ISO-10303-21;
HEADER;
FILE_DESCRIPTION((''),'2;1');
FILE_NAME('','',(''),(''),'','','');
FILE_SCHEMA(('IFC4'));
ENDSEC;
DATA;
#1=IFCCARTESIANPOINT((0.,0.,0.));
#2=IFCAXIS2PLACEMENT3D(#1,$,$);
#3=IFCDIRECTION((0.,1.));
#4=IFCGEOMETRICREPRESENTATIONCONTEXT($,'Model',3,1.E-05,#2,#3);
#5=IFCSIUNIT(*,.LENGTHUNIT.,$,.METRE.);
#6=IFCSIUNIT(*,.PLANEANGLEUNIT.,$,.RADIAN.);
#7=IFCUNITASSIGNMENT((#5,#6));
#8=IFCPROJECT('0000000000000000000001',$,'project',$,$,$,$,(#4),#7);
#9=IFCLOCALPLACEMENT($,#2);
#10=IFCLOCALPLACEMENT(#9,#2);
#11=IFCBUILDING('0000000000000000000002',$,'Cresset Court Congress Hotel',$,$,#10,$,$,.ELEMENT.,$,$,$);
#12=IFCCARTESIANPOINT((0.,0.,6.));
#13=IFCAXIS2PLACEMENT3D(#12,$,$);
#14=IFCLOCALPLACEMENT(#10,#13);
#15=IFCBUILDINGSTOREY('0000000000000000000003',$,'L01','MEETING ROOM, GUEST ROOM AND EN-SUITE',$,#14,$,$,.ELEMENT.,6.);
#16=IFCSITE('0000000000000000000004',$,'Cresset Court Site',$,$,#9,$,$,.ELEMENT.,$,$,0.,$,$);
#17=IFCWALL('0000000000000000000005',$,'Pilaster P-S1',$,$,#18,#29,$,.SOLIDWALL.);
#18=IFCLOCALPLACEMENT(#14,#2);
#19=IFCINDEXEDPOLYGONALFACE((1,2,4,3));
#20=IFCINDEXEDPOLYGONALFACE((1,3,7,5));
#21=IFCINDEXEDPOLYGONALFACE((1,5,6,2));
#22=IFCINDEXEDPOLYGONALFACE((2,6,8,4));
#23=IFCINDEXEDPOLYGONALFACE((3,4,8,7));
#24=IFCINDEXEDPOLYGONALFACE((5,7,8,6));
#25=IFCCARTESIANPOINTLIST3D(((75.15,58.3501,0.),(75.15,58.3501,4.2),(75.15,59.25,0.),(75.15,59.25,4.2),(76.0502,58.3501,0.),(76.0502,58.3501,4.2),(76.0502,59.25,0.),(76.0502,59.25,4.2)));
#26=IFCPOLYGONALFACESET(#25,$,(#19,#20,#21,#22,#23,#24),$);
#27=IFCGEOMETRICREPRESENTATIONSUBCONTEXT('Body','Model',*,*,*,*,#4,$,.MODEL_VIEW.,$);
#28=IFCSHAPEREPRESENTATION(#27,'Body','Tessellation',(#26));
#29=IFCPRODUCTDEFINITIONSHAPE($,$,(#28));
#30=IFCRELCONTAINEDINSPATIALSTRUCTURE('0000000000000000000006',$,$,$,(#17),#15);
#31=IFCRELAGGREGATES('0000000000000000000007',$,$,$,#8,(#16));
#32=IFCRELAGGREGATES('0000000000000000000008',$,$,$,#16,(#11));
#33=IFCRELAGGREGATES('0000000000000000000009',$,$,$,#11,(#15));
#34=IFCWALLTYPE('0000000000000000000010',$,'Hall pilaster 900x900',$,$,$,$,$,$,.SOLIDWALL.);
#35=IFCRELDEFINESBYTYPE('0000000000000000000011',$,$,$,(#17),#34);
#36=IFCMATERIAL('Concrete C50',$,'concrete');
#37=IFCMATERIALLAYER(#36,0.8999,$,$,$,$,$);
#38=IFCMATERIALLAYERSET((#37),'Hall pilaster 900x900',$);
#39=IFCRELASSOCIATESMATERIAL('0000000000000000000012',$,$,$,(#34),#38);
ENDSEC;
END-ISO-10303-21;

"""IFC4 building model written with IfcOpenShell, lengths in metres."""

from ifc_helpers import new_model, si_unit, direction, frame, frame_2d, origin, place, context, subcontext, project, spatial, rectangle, extrude, material, layer, layer_set, type_object, element, save


model = new_model("IFC4")

# Units and contexts
model_context = context("Model", 3, precision=1e-05, world=origin(), true_north=direction((0.0, 1.0)))
body_context = subcontext(model_context, "Body", "Model", "MODEL_VIEW")
ifc_project = project(units=[si_unit("LENGTHUNIT", "METRE"), si_unit("PLANEANGLEUNIT", "RADIAN")], contexts=[model_context])

# Site, building, storey
site_placement = place(None, origin())
site = spatial("IfcSite", under=ifc_project, at=site_placement, Name="Cresset Court Site", CompositionType="ELEMENT", RefElevation=0.0)
building_placement = place(site_placement, origin())
building = spatial("IfcBuilding", under=site, at=building_placement, Name="Cresset Court Congress Hotel", CompositionType="ELEMENT")
storey_placement = place(building_placement, frame((0.0, 0.0, 6.0)))
storey = spatial("IfcBuildingStorey", under=building, at=storey_placement, Name="L01", Description="MEETING ROOM, GUEST ROOM AND EN-SUITE", CompositionType="ELEMENT", Elevation=6.0)

# Wall
ifc_material_1 = material(Name="Concrete C50", Category="concrete")
ifc_layer_1 = layer(ifc_material_1, 0.8999)
ifc_layer_set_1 = layer_set([ifc_layer_1], Name="Hall pilaster 900x900")
wall_type_1 = type_object("IfcWallType", Name="Hall pilaster 900x900", PredefinedType="SOLIDWALL", material=ifc_layer_set_1)
wall_1_placement = place(storey_placement, frame((75.1499, 58.8, 0.0), z_axis=(0.0, 0.0, 1.0), x_axis=(1.0, 0.0, 0.0)))
element("IfcWall", 1, at=wall_1_placement, inside=storey, type_object=wall_type_1, Name="Pilaster P-S1", PredefinedType="SOLIDWALL", context=body_context, shape_type="SweptSolid", body=[
    extrude(rectangle(XDim=0.9001, YDim=0.8999, at=frame_2d((0.4502, 0.0))), origin(), (0.0, 0.0, 1.0), 4.2),
])

save(model, "model.ifc")
